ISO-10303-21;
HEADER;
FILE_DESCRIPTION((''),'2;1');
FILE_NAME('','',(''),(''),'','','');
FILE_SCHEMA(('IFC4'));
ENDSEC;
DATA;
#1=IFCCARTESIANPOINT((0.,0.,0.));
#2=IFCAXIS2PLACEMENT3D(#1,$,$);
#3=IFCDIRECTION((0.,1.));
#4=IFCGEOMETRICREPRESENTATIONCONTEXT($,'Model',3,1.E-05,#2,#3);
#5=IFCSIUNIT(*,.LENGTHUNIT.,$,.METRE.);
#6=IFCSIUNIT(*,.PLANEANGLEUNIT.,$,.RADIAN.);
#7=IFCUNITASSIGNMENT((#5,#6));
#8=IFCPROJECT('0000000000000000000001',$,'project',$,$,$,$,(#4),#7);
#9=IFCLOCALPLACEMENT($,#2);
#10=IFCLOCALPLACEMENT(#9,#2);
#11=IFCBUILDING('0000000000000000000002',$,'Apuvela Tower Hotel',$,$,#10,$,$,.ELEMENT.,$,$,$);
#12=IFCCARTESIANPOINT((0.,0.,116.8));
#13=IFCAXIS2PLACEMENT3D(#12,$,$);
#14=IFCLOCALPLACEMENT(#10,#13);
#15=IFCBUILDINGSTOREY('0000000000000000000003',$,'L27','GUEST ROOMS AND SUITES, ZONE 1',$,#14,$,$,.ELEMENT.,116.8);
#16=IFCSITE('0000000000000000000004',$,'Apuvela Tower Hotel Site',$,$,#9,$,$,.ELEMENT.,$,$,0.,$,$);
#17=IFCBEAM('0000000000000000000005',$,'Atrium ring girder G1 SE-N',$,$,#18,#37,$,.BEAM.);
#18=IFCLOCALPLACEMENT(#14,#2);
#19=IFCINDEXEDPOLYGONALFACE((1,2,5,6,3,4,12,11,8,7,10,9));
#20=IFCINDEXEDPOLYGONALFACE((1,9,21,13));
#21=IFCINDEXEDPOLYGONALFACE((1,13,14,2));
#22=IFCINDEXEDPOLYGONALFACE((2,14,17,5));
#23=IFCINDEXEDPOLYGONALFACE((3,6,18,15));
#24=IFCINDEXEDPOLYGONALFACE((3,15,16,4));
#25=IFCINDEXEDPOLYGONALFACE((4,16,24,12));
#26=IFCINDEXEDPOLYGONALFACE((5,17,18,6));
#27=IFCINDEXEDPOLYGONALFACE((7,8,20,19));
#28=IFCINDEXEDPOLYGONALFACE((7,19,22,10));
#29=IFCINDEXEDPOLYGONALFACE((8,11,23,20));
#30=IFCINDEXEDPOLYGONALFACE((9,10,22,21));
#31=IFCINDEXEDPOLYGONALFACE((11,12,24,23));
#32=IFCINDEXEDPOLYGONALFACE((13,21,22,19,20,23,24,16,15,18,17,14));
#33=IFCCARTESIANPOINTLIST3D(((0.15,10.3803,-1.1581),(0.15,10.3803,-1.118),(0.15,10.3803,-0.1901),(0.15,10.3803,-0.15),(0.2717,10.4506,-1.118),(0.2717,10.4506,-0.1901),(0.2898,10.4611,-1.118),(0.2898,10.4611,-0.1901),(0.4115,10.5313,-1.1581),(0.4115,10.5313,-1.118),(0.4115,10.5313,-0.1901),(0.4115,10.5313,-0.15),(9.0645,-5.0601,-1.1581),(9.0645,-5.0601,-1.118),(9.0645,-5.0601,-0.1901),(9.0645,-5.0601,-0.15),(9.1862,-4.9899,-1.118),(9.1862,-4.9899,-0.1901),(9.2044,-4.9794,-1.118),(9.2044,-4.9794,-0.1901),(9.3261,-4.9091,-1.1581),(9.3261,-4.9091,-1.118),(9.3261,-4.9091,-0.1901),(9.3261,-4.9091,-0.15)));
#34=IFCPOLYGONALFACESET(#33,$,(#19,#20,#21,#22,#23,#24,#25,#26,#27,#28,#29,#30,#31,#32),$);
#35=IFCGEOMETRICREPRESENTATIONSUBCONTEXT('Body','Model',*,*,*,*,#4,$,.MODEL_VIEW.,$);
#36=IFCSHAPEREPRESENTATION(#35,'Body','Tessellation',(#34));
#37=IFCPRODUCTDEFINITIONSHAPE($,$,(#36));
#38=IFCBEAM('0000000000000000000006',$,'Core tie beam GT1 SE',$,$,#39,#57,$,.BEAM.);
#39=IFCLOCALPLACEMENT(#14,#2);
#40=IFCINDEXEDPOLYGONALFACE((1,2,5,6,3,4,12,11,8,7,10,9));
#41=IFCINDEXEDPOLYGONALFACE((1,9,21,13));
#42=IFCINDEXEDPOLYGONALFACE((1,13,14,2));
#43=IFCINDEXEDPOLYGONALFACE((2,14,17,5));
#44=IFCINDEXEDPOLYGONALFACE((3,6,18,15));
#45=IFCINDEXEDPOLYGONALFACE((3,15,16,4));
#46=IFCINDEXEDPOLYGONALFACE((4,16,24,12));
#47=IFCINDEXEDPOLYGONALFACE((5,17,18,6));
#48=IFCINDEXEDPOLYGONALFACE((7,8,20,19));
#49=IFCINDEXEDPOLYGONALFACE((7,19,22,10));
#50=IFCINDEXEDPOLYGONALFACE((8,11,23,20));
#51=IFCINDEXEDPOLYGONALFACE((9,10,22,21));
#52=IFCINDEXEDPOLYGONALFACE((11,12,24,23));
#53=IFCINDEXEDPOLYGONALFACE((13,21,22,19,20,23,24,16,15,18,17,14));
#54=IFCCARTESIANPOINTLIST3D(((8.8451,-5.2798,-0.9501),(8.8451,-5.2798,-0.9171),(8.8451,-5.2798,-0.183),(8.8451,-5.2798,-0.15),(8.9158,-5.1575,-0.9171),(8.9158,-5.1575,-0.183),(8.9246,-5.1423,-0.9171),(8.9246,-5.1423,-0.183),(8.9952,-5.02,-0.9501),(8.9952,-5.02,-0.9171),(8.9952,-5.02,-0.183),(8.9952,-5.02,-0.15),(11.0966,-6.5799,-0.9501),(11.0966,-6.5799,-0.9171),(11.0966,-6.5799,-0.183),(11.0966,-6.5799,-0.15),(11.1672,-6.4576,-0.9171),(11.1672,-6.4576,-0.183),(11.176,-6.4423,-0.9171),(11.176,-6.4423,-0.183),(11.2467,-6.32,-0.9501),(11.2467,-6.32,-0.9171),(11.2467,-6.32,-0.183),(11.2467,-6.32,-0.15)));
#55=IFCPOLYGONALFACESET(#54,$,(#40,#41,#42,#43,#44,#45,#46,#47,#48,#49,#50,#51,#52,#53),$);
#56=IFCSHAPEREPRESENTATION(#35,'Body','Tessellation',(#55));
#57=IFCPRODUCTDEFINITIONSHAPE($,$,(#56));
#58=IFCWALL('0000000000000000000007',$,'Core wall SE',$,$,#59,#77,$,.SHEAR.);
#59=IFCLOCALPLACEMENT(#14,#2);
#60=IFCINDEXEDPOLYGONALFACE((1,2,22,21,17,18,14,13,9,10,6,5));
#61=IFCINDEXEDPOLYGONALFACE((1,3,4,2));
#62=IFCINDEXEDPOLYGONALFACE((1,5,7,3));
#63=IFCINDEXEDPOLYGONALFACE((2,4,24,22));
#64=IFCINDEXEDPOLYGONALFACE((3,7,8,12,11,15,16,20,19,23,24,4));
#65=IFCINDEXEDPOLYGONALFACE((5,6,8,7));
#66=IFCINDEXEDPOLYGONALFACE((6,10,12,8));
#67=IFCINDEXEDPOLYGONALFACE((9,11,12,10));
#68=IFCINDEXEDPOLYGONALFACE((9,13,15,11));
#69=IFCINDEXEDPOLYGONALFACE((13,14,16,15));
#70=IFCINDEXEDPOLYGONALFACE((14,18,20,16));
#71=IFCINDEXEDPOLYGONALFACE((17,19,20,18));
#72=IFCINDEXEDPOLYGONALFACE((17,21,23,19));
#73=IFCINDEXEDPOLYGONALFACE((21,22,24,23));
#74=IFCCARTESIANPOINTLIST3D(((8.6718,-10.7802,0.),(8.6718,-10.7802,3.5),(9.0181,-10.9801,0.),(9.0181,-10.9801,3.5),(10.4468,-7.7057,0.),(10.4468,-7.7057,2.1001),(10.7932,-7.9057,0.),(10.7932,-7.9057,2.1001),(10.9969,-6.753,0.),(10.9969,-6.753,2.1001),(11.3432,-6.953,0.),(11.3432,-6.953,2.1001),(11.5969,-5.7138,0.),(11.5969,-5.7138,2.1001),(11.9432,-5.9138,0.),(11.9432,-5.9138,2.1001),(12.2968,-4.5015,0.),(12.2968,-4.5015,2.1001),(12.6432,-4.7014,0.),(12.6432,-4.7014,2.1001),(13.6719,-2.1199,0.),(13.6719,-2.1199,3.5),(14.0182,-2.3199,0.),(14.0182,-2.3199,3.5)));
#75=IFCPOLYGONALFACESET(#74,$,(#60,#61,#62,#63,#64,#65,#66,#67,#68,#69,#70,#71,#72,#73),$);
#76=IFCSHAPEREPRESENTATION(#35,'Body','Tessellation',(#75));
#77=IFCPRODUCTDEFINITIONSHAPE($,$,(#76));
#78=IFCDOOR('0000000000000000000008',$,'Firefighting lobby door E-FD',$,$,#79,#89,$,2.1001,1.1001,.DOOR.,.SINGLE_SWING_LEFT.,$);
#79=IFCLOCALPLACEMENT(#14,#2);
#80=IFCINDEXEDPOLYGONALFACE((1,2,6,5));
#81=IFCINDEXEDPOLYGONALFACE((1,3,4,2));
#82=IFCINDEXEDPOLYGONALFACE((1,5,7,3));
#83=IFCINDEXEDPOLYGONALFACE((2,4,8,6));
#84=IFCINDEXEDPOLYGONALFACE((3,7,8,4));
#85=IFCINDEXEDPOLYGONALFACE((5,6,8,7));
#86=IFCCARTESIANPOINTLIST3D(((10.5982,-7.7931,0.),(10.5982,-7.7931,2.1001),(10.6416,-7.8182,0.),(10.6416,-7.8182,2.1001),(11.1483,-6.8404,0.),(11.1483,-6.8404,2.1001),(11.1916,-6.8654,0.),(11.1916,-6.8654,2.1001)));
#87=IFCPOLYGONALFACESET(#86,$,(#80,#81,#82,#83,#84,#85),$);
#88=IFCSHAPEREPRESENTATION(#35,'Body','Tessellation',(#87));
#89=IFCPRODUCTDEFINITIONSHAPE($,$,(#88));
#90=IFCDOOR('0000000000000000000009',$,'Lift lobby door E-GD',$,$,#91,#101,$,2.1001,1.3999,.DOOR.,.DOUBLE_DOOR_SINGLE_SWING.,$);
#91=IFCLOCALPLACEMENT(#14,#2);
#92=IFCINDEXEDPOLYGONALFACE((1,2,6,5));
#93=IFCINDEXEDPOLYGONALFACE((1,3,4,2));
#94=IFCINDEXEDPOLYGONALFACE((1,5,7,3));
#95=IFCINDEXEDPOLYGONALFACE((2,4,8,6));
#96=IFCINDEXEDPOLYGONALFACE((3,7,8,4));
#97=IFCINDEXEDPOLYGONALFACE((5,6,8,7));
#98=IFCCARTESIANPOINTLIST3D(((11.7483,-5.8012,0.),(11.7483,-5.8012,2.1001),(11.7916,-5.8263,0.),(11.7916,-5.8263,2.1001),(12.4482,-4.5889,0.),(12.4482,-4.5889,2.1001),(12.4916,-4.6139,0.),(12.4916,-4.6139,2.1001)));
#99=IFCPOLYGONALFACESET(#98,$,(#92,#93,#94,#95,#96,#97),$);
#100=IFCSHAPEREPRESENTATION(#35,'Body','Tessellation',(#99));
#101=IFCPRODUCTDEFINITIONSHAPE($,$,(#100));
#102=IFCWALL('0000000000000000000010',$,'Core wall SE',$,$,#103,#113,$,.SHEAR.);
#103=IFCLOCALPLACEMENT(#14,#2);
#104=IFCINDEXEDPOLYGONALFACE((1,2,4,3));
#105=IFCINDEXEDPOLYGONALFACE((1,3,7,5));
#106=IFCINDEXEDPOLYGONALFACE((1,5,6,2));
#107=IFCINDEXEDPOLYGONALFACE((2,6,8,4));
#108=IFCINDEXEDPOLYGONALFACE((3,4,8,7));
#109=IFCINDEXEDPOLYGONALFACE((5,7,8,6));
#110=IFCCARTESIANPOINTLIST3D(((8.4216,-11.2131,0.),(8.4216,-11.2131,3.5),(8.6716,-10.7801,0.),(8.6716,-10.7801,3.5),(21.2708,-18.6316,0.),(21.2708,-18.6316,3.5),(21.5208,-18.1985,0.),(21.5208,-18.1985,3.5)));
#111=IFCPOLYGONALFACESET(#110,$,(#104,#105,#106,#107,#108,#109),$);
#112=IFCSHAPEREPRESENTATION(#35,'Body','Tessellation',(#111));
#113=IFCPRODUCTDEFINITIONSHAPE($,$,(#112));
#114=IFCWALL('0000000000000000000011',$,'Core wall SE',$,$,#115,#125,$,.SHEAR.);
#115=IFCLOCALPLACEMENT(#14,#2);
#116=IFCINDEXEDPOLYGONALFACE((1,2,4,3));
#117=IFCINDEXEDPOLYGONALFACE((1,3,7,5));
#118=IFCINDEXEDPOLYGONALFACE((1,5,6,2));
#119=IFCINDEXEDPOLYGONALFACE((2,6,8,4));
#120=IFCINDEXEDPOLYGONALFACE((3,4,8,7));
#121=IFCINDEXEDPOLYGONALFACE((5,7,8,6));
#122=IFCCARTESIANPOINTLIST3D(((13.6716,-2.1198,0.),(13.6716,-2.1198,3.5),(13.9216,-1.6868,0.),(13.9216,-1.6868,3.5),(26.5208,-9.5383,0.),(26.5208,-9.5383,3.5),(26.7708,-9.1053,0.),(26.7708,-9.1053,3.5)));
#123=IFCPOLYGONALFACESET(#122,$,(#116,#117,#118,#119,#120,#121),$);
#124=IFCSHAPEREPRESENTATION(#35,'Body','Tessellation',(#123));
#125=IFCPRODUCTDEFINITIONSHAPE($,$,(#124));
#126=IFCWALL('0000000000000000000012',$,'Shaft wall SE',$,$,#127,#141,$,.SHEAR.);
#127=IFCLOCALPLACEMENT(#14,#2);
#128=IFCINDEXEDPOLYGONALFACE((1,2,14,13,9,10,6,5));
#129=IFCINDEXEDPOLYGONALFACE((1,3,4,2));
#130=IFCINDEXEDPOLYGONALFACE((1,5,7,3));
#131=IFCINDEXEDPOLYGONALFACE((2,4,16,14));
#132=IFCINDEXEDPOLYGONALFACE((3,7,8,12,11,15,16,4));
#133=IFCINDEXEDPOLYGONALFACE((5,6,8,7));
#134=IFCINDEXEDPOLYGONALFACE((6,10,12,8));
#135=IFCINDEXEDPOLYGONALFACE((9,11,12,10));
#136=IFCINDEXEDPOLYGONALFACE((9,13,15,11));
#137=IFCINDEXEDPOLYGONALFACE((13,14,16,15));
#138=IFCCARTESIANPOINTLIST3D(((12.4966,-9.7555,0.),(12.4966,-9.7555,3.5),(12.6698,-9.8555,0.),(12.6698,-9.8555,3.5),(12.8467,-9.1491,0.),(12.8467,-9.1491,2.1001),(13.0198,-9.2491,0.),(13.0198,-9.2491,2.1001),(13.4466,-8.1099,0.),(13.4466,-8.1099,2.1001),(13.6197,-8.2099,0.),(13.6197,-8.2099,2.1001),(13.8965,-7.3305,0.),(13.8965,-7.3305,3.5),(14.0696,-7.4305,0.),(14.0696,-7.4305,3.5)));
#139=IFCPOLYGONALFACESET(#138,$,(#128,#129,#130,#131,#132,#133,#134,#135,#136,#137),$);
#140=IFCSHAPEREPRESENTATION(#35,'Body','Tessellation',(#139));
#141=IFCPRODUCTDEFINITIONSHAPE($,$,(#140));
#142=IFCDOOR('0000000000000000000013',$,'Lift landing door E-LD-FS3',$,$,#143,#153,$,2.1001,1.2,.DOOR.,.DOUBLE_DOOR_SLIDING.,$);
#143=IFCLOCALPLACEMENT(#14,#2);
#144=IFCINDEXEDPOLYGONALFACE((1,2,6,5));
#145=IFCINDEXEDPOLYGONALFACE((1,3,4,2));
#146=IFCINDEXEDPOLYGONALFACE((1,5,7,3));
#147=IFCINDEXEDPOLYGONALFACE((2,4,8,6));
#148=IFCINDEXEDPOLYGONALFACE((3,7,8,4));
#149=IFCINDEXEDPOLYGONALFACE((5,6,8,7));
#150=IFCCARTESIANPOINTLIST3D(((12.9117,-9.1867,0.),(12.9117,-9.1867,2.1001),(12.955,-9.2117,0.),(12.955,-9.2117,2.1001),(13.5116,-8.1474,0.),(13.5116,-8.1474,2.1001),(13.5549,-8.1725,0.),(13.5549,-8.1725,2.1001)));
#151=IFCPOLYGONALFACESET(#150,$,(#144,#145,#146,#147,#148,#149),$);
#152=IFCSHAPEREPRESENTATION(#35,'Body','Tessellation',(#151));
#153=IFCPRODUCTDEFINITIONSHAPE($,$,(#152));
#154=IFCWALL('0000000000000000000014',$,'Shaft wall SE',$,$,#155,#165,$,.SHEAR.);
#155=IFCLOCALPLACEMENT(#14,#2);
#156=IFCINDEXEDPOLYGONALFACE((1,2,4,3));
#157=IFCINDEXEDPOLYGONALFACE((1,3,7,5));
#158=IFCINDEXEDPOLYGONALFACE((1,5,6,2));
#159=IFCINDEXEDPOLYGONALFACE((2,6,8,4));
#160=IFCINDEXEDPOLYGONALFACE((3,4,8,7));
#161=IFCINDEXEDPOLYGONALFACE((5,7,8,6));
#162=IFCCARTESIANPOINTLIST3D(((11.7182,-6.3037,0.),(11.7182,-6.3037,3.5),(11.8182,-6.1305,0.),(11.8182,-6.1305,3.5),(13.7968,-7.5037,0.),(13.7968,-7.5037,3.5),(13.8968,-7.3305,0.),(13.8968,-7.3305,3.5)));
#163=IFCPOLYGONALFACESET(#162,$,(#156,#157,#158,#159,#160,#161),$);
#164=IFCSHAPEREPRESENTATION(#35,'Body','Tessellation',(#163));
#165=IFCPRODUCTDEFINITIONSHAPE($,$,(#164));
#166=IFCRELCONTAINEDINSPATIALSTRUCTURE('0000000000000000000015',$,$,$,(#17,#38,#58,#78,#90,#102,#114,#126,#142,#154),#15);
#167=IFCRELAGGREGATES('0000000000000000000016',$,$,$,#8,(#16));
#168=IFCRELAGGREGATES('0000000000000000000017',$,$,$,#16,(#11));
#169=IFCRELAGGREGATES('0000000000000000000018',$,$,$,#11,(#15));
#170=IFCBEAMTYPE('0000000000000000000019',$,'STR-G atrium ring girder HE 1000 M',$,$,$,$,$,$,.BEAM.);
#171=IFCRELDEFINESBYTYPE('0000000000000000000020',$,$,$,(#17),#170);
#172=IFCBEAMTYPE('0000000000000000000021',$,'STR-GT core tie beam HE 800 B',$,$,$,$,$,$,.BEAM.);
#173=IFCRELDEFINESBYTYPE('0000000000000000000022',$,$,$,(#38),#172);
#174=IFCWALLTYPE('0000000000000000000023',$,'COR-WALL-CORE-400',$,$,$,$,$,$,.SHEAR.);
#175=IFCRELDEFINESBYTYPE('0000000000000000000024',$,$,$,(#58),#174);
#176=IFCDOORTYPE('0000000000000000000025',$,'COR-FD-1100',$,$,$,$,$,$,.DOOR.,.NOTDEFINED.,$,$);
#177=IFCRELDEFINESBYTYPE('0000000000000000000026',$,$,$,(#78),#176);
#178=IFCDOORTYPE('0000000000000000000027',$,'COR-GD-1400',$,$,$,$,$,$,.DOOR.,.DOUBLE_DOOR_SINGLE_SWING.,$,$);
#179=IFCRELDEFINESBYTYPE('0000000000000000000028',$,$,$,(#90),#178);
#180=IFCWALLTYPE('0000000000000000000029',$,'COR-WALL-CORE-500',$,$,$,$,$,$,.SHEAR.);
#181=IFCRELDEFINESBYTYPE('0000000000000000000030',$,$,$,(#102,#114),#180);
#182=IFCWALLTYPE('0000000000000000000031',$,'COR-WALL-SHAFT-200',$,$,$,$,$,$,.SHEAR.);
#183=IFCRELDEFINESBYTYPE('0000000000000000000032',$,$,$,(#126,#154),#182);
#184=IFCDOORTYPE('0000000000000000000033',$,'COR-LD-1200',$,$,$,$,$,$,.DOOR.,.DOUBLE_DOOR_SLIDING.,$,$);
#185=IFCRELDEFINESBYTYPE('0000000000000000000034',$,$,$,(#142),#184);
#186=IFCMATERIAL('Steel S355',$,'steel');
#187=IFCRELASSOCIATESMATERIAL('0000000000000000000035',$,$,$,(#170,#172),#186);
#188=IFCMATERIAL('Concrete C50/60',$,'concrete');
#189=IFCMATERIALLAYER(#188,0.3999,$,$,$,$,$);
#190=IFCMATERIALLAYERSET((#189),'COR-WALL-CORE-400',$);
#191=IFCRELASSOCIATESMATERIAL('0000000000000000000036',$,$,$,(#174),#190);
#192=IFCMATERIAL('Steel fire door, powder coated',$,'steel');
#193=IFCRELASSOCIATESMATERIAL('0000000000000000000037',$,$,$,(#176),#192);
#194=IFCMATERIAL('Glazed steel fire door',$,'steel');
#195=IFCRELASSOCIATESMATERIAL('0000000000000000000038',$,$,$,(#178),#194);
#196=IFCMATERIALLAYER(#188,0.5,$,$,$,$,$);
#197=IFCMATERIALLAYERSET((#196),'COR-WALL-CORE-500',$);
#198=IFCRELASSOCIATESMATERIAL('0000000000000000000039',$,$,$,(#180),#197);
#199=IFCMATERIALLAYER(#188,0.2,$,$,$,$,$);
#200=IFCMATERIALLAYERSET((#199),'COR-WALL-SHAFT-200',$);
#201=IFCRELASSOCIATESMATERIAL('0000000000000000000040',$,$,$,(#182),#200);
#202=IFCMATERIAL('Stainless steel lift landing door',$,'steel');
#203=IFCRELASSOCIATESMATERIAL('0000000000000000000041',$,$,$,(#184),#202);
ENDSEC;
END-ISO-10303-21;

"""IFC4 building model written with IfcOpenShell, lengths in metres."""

from ifc_helpers import new_model, si_unit, direction, frame, frame_2d, origin, origin_2d, place, context, subcontext, project, spatial, rectangle, i_section, extrude, material, layer, layer_set, material_profile, profile_set, type_object, element, fill, save


model = new_model("IFC4")

# Units and contexts
model_context = context("Model", 3, precision=1e-05, world=origin(), true_north=direction((0.0, 1.0)))
body_context = subcontext(model_context, "Body", "Model", "MODEL_VIEW")
ifc_project = project(units=[si_unit("LENGTHUNIT", "METRE"), si_unit("PLANEANGLEUNIT", "RADIAN")], contexts=[model_context])

# Site, building, storey
site_placement = place(None, origin())
site = spatial("IfcSite", under=ifc_project, at=site_placement, Name="Apuvela Tower Hotel Site", CompositionType="ELEMENT", RefElevation=0.0)
building_placement = place(site_placement, origin())
building = spatial("IfcBuilding", under=site, at=building_placement, Name="Apuvela Tower Hotel", CompositionType="ELEMENT")
storey_placement = place(building_placement, frame((0.0, 0.0, 116.8)))
storey = spatial("IfcBuildingStorey", under=building, at=storey_placement, Name="L27", Description="GUEST ROOMS AND SUITES, ZONE 1", CompositionType="ELEMENT", Elevation=116.8)

# Beams
ifc_material_1 = material(Name="Steel S355", Category="steel")
ifc_material_profile_1 = material_profile(ifc_material_1, i_section(OverallWidth=0.302, OverallDepth=1.0081, WebThickness=0.021, FlangeThickness=0.04, at=origin_2d()), Name="HE 1000 M")
ifc_profile_set_1 = profile_set([ifc_material_profile_1], Name="Steel S355")
beam_type_1 = type_object("IfcBeamType", Name="STR-G atrium ring girder HE 1000 M", PredefinedType="BEAM", material=ifc_profile_set_1)
beam_1_placement = place(storey_placement, frame((9.1953, -4.9846, -0.6541), z_axis=(-0.500001, 0.866025, 0.0), x_axis=(-0.866025, -0.500001, 0.0)))
element("IfcBeam", 1, at=beam_1_placement, inside=storey, type_object=beam_type_1, Name="Atrium ring girder G1 SE-N", PredefinedType="BEAM", context=body_context, shape_type="SweptSolid", body=[
    extrude(i_section(OverallWidth=0.302, OverallDepth=1.0081, WebThickness=0.021, FlangeThickness=0.04, at=origin_2d()), origin(), (0.0, 0.0, 1.0), 17.8291),
])
ifc_material_profile_2 = material_profile(ifc_material_1, i_section(OverallWidth=0.3, OverallDepth=0.8, WebThickness=0.0176, FlangeThickness=0.033, at=origin_2d()), Name="HE 800 B")
ifc_profile_set_2 = profile_set([ifc_material_profile_2], Name="Steel S355")
beam_type_2 = type_object("IfcBeamType", Name="STR-GT core tie beam HE 800 B", PredefinedType="BEAM", material=ifc_profile_set_2)
beam_2_placement = place(storey_placement, frame((11.1716, -6.45, -0.55), z_axis=(-0.865998, 0.500048, 0.0), x_axis=(-0.500048, -0.865998, 0.0)))
element("IfcBeam", 2, at=beam_2_placement, inside=storey, type_object=beam_type_2, Name="Core tie beam GT1 SE", PredefinedType="BEAM", context=body_context, shape_type="SweptSolid", body=[
    extrude(i_section(OverallWidth=0.3, OverallDepth=0.8, WebThickness=0.0176, FlangeThickness=0.033, at=origin_2d()), origin(), (0.0, 0.0, 1.0), 2.5999),
])

# Wall, openings, doors
ifc_material_2 = material(Name="Concrete C50/60", Category="concrete")
ifc_layer_1 = layer(ifc_material_2, 0.3999)
ifc_layer_set_1 = layer_set([ifc_layer_1], Name="COR-WALL-CORE-400")
wall_type_1 = type_object("IfcWallType", Name="COR-WALL-CORE-400", PredefinedType="SHEAR", material=ifc_layer_set_1)
wall_1_placement = place(storey_placement, frame((8.845, -10.8801, 0.0), z_axis=(0.0, 0.0, 1.0), x_axis=(0.500004, 0.866023, 0.0)))
wall_1 = element("IfcWall", 3, at=wall_1_placement, inside=storey, type_object=wall_type_1, Name="Core wall SE", PredefinedType="SHEAR", context=body_context, shape_type="SweptSolid", body=[
    extrude(rectangle(XDim=10.0, YDim=0.3999, at=frame_2d((5.0, 0.0))), origin(), (0.0, 0.0, 1.0), 3.5),
])
opening_1_placement = place(wall_1_placement, frame((3.55, 0.0, 0.0)))
opening_1 = element("IfcOpeningElement", 4, at=opening_1_placement, cuts=wall_1, PredefinedType="OPENING", context=body_context, shape_type="SweptSolid", body=[
    extrude(rectangle(XDim=1.1001, YDim=2.1001, at=frame_2d((0.55, 1.05))), frame((0.0, 0.21, 0.0), z_axis=(0.0, -1.0, 0.0), x_axis=(1.0, 0.0, 0.0)), (0.0, 0.0, 1.0), 0.4199),
])
opening_2_placement = place(wall_1_placement, frame((5.8501, 0.0, 0.0)))
opening_2 = element("IfcOpeningElement", 5, at=opening_2_placement, cuts=wall_1, PredefinedType="OPENING", context=body_context, shape_type="SweptSolid", body=[
    extrude(rectangle(XDim=1.3999, YDim=2.1001, at=frame_2d((0.7, 1.05))), frame((0.0, 0.21, 0.0), z_axis=(0.0, -1.0, 0.0), x_axis=(1.0, 0.0, 0.0)), (0.0, 0.0, 1.0), 0.4199),
])
ifc_material_3 = material(Name="Steel fire door, powder coated", Category="steel")
door_type_1 = type_object("IfcDoorType", Name="COR-FD-1100", OperationType="NOTDEFINED", PredefinedType="DOOR", material=ifc_material_3)
door_1_placement = place(opening_1_placement, frame((1.1001, 0.0, 0.0), z_axis=(0.0, 0.0, 1.0), x_axis=(-1.0, 0.0, 0.0)))
door_1 = element("IfcDoor", 6, at=door_1_placement, inside=storey, type_object=door_type_1, Name="Firefighting lobby door E-FD", OperationType="SINGLE_SWING_LEFT", OverallHeight=2.1001, OverallWidth=1.1001, PredefinedType="DOOR", context=body_context, shape_type="SweptSolid", body=[
    extrude(rectangle(XDim=1.1001, YDim=2.1001, at=frame_2d((0.55, 1.05))), frame((0.0, 0.0249, 0.0), z_axis=(0.0, -1.0, 0.0), x_axis=(1.0, 0.0, 0.0)), (0.0, 0.0, 1.0), 0.05),
])
fill(opening_1, door_1)
ifc_material_4 = material(Name="Glazed steel fire door", Category="steel")
door_type_2 = type_object("IfcDoorType", Name="COR-GD-1400", OperationType="DOUBLE_DOOR_SINGLE_SWING", PredefinedType="DOOR", material=ifc_material_4)
door_2_placement = place(opening_2_placement, frame((1.3999, 0.0, 0.0), z_axis=(0.0, 0.0, 1.0), x_axis=(-1.0, 0.0, 0.0)))
door_2 = element("IfcDoor", 7, at=door_2_placement, inside=storey, type_object=door_type_2, Name="Lift lobby door E-GD", OperationType="DOUBLE_DOOR_SINGLE_SWING", OverallHeight=2.1001, OverallWidth=1.3999, PredefinedType="DOOR", context=body_context, shape_type="SweptSolid", body=[
    extrude(rectangle(XDim=1.3999, YDim=2.1001, at=frame_2d((0.7, 1.05))), frame((0.0, 0.0249, 0.0), z_axis=(0.0, -1.0, 0.0), x_axis=(1.0, 0.0, 0.0)), (0.0, 0.0, 1.0), 0.05),
])
fill(opening_2, door_2)

# Walls
ifc_layer_2 = layer(ifc_material_2, 0.5)
ifc_layer_set_2 = layer_set([ifc_layer_2], Name="COR-WALL-CORE-500")
wall_type_2 = type_object("IfcWallType", Name="COR-WALL-CORE-500", PredefinedType="SHEAR", material=ifc_layer_set_2)
for number, where, z_axis, x_axis, name in (
    (8, (8.5466, -10.9966, 0.0), (0.0, 0.0, 1.0), (0.866025, -0.500001, 0.0), "Core wall SE"),
    (9, (13.7966, -1.9033, 0.0), (0.0, 0.0, 1.0), (0.866025, -0.500001, 0.0), "Core wall SE"),
):
    element("IfcWall", number, at=place(storey_placement, frame(where, z_axis=z_axis, x_axis=x_axis)), inside=storey, type_object=wall_type_2, Name=name, PredefinedType="SHEAR", context=body_context, shape_type="SweptSolid", body=[
        extrude(rectangle(XDim=14.8369, YDim=0.5, at=frame_2d((7.4185, 0.0))), origin(), (0.0, 0.0, 1.0), 3.5),
    ])

# Wall, opening, door
ifc_layer_3 = layer(ifc_material_2, 0.2)
ifc_layer_set_3 = layer_set([ifc_layer_3], Name="COR-WALL-SHAFT-200")
wall_type_3 = type_object("IfcWallType", Name="COR-WALL-SHAFT-200", PredefinedType="SHEAR", material=ifc_layer_set_3)
wall_2_placement = place(storey_placement, frame((12.5833, -9.8054, 0.0), z_axis=(0.0, 0.0, 1.0), x_axis=(0.499946, 0.866056, 0.0)))
wall_2 = element("IfcWall", 10, at=wall_2_placement, inside=storey, type_object=wall_type_3, Name="Shaft wall SE", PredefinedType="SHEAR", context=body_context, shape_type="SweptSolid", body=[
    extrude(rectangle(XDim=2.8, YDim=0.2, at=frame_2d((1.3999, 0.0))), origin(), (0.0, 0.0, 1.0), 3.5),
])
opening_3_placement = place(wall_2_placement, frame((0.7, 0.0, 0.0)))
opening_3 = element("IfcOpeningElement", 11, at=opening_3_placement, cuts=wall_2, PredefinedType="OPENING", context=body_context, shape_type="SweptSolid", body=[
    extrude(rectangle(XDim=1.2, YDim=2.1001, at=frame_2d((0.6001, 1.05))), frame((0.0, 0.1099, 0.0), z_axis=(0.0, -1.0, 0.0), x_axis=(1.0, 0.0, 0.0)), (0.0, 0.0, 1.0), 0.22),
])
ifc_material_5 = material(Name="Stainless steel lift landing door", Category="steel")
door_type_3 = type_object("IfcDoorType", Name="COR-LD-1200", OperationType="DOUBLE_DOOR_SLIDING", PredefinedType="DOOR", material=ifc_material_5)
door_3_placement = place(opening_3_placement, origin())
door_3 = element("IfcDoor", 12, at=door_3_placement, inside=storey, type_object=door_type_3, Name="Lift landing door E-LD-FS3", OperationType="DOUBLE_DOOR_SLIDING", OverallHeight=2.1001, OverallWidth=1.2, PredefinedType="DOOR", context=body_context, shape_type="SweptSolid", body=[
    extrude(rectangle(XDim=1.2, YDim=2.1001, at=frame_2d((0.6001, 1.05))), frame((0.0, 0.0249, 0.0), z_axis=(0.0, -1.0, 0.0), x_axis=(1.0, 0.0, 0.0)), (0.0, 0.0, 1.0), 0.05),
])
fill(opening_3, door_3)

# Wall
wall_3_placement = place(storey_placement, frame((11.7681, -6.217, 0.0), z_axis=(0.0, 0.0, 1.0), x_axis=(0.86605, -0.499957, 0.0)))
element("IfcWall", 13, at=wall_3_placement, inside=storey, type_object=wall_type_3, Name="Shaft wall SE", PredefinedType="SHEAR", context=body_context, shape_type="SweptSolid", body=[
    extrude(rectangle(XDim=2.4001, YDim=0.2, at=frame_2d((1.2002, 0.0))), origin(), (0.0, 0.0, 1.0), 3.5),
])

save(model, "model.ifc")
